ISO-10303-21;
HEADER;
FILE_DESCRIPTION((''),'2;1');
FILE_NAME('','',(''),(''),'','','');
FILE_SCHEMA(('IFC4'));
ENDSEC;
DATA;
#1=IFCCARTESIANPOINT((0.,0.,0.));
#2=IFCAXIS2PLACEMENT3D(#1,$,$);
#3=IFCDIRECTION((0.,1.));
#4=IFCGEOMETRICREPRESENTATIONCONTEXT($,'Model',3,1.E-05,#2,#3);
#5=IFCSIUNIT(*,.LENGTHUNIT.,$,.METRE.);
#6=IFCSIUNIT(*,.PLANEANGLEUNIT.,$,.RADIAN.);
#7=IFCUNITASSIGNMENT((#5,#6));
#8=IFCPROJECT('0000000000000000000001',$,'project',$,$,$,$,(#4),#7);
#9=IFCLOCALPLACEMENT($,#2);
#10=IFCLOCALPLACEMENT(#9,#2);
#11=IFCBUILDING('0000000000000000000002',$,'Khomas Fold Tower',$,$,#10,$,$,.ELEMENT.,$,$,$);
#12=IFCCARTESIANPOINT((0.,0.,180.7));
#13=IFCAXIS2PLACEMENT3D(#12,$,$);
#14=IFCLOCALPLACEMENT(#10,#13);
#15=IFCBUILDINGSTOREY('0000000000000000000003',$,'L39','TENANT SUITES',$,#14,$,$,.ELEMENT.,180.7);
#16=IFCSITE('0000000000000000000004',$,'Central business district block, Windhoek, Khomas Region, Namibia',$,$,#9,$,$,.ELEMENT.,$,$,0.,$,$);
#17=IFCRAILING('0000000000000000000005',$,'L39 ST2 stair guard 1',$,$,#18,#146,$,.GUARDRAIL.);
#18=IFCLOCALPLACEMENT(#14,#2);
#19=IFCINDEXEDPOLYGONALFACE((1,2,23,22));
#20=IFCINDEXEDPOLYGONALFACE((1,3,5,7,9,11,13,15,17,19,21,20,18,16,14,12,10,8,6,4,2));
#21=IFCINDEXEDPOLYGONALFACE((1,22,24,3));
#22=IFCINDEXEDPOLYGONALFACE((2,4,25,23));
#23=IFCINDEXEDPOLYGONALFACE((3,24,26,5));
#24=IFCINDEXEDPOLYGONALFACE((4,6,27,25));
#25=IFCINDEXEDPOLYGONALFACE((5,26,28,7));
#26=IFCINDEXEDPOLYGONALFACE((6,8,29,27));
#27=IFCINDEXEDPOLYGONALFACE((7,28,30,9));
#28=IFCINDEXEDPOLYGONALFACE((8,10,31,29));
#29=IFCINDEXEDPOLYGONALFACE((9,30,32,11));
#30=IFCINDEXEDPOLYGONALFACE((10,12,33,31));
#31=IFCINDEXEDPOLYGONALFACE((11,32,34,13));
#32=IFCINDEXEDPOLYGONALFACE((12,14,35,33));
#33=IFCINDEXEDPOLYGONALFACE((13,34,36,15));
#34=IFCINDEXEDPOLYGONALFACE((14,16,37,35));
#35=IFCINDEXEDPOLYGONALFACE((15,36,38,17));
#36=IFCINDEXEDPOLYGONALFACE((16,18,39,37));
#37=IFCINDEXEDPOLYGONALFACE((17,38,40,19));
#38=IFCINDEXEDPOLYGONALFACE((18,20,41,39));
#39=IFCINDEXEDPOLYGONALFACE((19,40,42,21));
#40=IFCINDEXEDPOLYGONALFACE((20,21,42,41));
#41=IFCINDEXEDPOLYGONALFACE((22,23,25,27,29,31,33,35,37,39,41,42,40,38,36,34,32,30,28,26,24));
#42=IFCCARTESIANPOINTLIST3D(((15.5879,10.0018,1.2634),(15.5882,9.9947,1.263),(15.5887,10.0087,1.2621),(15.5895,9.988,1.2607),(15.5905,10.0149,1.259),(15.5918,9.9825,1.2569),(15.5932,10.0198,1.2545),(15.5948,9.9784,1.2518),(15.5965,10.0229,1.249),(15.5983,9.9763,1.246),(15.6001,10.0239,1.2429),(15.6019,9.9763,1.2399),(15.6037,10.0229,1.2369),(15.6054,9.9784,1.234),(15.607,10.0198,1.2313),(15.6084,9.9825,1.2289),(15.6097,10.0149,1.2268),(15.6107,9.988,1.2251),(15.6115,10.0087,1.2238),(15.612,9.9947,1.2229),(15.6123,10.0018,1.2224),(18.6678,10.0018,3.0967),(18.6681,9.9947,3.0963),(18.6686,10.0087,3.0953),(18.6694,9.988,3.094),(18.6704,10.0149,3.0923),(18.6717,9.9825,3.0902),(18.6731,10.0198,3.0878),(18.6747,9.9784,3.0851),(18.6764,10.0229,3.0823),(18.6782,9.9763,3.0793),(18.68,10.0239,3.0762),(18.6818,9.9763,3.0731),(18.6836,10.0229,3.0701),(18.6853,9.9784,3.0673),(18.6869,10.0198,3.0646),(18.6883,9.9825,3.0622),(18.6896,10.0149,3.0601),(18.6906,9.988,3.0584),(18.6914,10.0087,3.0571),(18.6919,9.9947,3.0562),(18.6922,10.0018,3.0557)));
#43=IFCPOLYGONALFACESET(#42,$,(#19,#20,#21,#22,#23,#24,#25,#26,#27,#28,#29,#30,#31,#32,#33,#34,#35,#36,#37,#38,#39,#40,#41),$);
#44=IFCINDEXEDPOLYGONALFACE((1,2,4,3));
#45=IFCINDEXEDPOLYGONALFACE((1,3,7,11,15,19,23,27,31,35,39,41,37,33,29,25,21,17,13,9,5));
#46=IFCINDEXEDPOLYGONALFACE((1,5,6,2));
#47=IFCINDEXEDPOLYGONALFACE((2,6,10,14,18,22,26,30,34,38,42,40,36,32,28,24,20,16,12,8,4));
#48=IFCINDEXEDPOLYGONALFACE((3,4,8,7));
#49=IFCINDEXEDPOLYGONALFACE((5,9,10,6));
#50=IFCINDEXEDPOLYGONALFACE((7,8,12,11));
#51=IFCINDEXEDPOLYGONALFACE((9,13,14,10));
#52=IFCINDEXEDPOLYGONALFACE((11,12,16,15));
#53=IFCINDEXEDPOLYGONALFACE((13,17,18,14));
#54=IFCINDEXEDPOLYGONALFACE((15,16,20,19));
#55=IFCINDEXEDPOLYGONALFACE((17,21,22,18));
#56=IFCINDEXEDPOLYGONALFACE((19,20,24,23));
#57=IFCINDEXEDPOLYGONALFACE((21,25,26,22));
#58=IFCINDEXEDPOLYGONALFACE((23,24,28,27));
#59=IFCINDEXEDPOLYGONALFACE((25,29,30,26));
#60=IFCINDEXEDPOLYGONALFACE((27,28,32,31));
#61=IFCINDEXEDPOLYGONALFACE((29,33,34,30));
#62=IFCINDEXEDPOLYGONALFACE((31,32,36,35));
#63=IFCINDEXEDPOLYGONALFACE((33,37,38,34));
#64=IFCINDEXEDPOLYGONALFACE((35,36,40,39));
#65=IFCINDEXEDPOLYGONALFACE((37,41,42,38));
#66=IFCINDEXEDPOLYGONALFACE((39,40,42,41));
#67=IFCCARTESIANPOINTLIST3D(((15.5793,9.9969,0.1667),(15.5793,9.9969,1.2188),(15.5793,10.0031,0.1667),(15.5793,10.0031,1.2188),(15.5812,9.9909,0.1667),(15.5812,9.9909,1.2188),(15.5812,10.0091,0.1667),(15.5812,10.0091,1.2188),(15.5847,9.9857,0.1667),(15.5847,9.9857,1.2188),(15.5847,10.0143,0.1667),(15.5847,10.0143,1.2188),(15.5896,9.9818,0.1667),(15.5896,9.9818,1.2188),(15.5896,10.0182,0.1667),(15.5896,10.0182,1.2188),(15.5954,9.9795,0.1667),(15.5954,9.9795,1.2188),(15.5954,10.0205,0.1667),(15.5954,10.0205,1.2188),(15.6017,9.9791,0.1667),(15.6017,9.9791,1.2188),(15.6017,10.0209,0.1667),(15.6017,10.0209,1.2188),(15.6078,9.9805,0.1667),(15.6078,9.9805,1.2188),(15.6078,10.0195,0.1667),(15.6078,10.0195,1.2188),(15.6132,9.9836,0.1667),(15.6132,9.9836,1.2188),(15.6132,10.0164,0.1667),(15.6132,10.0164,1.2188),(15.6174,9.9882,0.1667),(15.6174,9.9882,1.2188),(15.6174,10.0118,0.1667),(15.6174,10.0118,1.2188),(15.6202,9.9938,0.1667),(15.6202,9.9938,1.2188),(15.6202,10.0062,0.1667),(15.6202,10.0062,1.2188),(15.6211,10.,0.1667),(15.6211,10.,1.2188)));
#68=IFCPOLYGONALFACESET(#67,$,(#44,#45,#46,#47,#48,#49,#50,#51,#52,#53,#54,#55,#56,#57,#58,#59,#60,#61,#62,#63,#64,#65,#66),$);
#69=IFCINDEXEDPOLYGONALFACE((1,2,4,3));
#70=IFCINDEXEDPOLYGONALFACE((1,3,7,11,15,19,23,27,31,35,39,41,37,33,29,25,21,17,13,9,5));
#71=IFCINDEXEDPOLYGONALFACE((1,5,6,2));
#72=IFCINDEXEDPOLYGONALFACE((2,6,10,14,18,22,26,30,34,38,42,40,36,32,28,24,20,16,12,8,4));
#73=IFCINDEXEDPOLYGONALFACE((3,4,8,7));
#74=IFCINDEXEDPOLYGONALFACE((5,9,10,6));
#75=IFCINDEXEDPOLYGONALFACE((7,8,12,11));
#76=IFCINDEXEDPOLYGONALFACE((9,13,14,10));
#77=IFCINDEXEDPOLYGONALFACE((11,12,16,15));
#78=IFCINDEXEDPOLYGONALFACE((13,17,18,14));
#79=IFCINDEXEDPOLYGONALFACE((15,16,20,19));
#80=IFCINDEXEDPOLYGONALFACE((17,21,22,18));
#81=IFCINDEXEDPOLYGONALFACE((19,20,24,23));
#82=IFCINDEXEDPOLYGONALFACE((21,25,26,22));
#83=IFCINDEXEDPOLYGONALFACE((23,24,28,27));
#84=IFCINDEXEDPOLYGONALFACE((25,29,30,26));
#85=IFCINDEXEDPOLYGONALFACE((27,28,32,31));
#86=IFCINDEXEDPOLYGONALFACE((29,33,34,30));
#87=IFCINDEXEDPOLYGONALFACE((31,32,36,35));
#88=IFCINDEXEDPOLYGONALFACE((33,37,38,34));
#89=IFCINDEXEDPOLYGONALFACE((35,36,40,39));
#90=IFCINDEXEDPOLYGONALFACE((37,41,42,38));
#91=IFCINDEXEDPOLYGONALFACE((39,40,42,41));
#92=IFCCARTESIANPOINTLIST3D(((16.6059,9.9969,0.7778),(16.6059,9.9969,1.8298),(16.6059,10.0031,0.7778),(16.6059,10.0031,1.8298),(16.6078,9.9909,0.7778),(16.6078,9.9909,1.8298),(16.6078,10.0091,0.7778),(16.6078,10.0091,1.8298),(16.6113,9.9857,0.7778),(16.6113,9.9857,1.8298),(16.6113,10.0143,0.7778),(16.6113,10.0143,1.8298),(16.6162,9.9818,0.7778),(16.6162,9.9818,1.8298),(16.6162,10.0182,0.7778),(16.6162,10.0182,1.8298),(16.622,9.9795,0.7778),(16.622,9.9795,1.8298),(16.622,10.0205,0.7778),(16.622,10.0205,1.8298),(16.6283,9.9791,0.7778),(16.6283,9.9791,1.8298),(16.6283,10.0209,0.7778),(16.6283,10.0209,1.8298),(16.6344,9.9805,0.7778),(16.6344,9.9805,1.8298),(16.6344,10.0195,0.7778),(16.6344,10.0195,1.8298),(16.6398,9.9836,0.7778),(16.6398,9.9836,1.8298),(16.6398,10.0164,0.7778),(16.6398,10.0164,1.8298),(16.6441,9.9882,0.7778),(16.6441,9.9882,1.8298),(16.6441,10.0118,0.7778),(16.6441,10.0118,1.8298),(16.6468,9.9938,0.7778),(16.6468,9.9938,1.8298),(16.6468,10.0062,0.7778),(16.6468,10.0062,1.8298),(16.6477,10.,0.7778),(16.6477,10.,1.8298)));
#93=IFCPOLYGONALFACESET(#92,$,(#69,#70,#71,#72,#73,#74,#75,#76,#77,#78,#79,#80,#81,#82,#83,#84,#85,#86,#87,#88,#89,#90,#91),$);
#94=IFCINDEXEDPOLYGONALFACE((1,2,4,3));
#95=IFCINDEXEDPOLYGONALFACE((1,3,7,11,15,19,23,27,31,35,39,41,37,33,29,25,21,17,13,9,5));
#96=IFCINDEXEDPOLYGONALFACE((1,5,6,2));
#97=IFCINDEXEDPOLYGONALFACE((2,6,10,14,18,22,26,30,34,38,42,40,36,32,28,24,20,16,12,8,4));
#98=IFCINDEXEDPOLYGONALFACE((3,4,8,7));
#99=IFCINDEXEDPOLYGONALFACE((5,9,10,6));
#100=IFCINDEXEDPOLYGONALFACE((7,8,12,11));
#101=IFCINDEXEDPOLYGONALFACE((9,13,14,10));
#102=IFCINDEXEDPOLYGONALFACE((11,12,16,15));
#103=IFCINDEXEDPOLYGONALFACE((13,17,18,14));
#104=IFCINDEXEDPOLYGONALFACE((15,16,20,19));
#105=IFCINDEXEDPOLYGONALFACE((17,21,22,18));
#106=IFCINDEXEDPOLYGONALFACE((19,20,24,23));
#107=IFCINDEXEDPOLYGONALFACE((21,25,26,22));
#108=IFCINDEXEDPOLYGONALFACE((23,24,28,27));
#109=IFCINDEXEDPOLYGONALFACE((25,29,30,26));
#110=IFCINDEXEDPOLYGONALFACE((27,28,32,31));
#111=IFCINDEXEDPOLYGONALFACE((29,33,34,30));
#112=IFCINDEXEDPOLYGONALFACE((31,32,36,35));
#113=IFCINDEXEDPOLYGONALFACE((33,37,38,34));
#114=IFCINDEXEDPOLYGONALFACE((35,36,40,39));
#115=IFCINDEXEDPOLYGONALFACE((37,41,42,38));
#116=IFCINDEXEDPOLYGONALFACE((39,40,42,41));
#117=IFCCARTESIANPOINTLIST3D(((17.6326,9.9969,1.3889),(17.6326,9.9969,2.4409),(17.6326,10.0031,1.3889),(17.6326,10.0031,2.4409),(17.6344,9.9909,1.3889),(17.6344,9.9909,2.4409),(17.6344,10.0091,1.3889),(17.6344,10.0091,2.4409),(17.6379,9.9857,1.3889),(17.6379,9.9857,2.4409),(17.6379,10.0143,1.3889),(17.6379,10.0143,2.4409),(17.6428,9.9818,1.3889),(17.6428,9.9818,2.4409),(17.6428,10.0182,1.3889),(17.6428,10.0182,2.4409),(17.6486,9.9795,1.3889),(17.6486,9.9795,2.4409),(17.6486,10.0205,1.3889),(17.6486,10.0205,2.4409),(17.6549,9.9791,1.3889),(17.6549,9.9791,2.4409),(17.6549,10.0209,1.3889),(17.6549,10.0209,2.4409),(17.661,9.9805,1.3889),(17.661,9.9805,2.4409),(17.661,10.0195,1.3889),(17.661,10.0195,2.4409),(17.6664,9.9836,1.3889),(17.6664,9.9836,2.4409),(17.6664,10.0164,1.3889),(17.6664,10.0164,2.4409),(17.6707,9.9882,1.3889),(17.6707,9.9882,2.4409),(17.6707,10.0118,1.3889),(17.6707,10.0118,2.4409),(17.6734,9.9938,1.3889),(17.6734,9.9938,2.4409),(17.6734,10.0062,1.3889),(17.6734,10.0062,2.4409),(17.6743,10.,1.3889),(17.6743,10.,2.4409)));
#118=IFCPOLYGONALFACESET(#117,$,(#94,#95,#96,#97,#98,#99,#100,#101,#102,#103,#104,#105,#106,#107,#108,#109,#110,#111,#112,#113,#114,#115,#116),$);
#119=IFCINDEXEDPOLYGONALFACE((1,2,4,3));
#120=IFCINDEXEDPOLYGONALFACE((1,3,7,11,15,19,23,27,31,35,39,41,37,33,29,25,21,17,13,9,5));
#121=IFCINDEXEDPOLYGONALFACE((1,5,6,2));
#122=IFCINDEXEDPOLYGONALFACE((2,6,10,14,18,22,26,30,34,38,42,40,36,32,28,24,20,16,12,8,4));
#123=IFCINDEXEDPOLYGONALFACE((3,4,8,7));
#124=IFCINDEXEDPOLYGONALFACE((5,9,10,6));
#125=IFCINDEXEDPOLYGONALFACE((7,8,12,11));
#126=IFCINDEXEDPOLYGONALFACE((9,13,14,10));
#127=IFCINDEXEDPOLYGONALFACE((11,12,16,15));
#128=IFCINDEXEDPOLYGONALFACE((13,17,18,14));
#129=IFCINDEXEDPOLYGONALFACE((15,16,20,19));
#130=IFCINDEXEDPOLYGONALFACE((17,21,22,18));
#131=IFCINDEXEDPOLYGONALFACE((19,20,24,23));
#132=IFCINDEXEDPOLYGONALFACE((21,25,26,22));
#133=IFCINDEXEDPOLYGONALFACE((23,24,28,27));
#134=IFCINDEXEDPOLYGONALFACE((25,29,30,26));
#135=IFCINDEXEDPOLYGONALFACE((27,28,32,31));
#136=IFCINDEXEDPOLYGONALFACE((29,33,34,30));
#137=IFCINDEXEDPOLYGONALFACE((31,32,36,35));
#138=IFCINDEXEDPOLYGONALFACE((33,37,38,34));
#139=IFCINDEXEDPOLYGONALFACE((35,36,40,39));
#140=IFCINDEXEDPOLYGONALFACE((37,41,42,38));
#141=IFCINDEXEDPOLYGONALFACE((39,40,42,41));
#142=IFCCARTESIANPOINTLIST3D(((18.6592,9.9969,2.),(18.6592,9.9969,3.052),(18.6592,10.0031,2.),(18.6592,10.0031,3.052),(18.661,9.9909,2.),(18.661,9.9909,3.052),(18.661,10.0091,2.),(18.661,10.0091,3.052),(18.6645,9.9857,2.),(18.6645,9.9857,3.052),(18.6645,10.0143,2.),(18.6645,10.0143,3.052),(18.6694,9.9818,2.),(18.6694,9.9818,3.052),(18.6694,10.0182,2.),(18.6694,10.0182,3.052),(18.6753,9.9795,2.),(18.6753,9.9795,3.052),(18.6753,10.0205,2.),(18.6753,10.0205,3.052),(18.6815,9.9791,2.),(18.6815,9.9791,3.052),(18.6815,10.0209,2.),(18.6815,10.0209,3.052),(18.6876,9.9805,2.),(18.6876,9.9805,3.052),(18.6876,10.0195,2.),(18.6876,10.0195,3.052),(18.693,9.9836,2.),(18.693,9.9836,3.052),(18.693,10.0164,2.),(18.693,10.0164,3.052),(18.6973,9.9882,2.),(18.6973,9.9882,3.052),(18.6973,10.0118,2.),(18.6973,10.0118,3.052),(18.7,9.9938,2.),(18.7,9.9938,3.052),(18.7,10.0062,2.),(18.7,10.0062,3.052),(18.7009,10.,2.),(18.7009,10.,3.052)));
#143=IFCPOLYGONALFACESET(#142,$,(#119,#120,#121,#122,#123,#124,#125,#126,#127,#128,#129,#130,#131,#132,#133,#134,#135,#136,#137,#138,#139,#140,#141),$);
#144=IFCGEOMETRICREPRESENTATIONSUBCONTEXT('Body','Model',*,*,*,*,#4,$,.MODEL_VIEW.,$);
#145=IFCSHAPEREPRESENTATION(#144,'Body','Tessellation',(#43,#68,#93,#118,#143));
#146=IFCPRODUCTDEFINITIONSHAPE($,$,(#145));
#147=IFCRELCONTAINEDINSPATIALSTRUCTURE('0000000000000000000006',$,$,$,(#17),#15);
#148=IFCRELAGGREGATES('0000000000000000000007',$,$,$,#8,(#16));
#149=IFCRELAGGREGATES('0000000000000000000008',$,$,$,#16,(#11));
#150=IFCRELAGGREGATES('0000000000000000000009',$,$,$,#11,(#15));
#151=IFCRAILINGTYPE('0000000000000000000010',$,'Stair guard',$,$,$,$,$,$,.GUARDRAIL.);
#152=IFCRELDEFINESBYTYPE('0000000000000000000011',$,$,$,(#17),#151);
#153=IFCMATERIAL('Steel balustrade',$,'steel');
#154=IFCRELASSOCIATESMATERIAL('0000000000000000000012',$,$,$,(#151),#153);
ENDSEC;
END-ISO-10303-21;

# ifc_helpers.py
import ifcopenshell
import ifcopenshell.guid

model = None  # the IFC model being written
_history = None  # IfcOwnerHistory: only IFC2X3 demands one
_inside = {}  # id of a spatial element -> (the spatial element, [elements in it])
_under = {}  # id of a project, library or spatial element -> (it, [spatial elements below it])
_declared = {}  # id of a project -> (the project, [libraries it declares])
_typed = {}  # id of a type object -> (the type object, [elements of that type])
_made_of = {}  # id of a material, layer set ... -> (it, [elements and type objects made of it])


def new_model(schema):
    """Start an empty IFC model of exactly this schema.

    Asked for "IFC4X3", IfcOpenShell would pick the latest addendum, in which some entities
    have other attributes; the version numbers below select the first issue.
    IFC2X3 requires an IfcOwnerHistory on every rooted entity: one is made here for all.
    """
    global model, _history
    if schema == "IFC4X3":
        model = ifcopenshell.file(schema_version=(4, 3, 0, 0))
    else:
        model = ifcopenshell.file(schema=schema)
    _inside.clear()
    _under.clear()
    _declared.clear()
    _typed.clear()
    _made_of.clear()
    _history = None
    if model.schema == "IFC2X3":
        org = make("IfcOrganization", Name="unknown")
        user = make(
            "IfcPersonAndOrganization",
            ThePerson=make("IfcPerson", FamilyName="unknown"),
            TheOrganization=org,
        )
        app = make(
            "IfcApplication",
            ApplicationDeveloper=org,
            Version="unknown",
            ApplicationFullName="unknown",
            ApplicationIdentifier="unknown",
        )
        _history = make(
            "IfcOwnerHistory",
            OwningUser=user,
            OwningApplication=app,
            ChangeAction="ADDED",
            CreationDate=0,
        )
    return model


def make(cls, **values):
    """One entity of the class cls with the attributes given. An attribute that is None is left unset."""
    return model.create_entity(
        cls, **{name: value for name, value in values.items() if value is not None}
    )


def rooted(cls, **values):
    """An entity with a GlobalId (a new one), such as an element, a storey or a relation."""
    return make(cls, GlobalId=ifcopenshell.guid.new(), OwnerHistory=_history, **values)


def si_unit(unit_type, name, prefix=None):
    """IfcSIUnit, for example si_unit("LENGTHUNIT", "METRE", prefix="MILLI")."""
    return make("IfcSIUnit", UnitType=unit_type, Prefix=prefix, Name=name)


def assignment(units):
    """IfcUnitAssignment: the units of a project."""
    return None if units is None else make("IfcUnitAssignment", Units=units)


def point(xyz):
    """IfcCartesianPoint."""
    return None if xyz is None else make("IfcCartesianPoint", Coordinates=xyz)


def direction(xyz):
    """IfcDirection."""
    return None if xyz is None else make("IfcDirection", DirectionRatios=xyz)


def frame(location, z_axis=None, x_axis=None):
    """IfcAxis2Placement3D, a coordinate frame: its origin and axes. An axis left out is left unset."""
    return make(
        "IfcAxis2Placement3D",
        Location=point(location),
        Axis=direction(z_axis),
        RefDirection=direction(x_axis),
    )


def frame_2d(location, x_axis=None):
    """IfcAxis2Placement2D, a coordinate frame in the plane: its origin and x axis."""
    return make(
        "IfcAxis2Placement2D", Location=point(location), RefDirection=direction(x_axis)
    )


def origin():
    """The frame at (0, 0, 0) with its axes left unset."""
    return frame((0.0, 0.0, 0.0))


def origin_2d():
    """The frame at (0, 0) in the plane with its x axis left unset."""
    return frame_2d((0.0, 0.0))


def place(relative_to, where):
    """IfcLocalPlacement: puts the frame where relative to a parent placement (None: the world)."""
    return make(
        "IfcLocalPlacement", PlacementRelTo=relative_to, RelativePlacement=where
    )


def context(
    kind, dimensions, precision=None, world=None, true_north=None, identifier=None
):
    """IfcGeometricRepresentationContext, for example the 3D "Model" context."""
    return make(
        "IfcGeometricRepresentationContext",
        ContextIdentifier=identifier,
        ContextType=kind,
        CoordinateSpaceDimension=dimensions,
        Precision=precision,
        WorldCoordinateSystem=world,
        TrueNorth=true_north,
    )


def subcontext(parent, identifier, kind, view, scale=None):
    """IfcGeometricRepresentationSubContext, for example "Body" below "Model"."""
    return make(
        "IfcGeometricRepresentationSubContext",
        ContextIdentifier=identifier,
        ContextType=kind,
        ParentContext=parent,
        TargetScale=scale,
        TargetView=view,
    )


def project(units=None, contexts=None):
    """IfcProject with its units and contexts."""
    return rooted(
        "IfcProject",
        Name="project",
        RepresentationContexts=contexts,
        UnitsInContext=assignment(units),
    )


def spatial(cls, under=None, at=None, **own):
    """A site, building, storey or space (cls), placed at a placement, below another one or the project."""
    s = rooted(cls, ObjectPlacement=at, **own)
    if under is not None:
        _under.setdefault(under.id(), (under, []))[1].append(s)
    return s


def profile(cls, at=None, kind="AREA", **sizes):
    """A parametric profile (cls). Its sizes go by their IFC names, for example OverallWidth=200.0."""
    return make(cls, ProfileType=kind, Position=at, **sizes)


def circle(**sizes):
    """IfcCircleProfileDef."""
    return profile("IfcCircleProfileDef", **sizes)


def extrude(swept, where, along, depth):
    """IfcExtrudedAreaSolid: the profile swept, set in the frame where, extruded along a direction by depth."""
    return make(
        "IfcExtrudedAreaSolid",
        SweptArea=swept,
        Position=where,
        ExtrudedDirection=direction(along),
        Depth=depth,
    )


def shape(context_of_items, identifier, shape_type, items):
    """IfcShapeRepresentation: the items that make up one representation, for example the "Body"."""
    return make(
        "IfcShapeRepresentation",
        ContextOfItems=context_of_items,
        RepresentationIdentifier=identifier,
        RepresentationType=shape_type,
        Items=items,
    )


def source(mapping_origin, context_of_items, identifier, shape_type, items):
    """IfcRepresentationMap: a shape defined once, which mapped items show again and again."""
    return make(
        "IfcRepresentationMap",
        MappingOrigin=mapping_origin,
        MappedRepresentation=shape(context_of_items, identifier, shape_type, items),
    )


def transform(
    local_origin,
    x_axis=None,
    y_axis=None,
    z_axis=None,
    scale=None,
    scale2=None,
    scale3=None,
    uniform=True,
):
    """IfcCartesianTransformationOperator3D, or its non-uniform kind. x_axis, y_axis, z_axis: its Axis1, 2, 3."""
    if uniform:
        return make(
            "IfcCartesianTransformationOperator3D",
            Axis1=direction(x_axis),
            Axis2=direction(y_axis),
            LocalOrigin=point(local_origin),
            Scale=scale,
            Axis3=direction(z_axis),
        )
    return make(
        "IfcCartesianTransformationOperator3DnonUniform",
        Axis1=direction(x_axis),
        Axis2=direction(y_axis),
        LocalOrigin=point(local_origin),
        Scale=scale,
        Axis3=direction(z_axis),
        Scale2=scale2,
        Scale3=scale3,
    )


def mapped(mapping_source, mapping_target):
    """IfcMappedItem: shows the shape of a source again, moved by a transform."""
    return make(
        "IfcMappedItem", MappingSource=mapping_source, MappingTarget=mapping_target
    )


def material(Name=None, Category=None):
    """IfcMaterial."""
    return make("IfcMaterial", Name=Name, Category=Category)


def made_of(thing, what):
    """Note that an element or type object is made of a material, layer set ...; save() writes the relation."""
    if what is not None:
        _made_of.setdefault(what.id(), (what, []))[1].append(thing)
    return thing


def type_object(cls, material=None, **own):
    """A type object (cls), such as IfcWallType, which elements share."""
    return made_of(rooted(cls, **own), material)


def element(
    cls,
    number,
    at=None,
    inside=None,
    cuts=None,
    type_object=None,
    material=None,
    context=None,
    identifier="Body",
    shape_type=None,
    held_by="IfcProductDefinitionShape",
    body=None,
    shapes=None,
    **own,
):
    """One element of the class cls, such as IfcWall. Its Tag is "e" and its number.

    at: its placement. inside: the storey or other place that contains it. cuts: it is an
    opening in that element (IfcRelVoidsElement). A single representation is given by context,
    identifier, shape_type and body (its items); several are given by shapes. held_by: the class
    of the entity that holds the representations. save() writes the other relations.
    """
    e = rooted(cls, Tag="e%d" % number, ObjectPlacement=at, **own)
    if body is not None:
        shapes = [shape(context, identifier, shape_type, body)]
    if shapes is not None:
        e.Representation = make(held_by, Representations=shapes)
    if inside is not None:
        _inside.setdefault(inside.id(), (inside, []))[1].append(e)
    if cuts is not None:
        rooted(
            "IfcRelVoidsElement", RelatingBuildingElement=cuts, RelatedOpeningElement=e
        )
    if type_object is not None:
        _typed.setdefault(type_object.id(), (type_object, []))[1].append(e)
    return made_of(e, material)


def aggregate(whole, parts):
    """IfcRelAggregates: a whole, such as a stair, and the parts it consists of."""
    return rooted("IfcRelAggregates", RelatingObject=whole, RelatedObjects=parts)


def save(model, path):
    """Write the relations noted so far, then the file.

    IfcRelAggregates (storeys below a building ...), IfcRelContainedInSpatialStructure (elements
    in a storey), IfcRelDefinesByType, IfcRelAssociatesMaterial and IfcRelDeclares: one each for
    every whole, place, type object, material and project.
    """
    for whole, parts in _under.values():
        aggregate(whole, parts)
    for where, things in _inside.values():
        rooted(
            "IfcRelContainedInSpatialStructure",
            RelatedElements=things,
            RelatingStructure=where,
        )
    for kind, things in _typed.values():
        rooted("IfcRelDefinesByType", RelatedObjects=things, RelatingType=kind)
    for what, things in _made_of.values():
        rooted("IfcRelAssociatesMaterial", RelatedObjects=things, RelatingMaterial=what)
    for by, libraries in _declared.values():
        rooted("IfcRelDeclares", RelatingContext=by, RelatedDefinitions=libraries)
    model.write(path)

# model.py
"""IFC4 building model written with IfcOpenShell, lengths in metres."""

from ifc_helpers import new_model, si_unit, direction, frame, origin, origin_2d, place, context, subcontext, project, spatial, circle, extrude, source, transform, mapped, material, type_object, element, save


model = new_model("IFC4")

# Units and contexts
model_context = context("Model", 3, precision=1e-05, world=origin(), true_north=direction((0.0, 1.0)))
body_context = subcontext(model_context, "Body", "Model", "MODEL_VIEW")
ifc_project = project(units=[si_unit("LENGTHUNIT", "METRE"), si_unit("PLANEANGLEUNIT", "RADIAN")], contexts=[model_context])

# Site, building, storey
site_placement = place(None, origin())
site = spatial("IfcSite", under=ifc_project, at=site_placement, Name="Central business district block, Windhoek, Khomas Region, Namibia", CompositionType="ELEMENT", RefElevation=0.0)
building_placement = place(site_placement, origin())
building = spatial("IfcBuilding", under=site, at=building_placement, Name="Khomas Fold Tower", CompositionType="ELEMENT")
storey_placement = place(building_placement, frame((0.0, 0.0, 180.7)))
storey = spatial("IfcBuildingStorey", under=building, at=storey_placement, Name="L39", Description="TENANT SUITES", CompositionType="ELEMENT", Elevation=180.7)

# Railing
ifc_material_1 = material(Name="Steel balustrade", Category="steel")
railing_type_1 = type_object("IfcRailingType", Name="Stair guard", PredefinedType="GUARDRAIL", material=ifc_material_1)
shared_shape_1 = source(origin(), body_context, "Body", "SweptSolid", [
    extrude(circle(Radius=0.0239, at=origin_2d()), frame((0.0, 0.0, 1.0762), z_axis=(0.859291, 0.0, 0.511487), x_axis=(0.0, 1.0, 0.0)), (0.0, 0.0, 1.0), 3.5842),
    extrude(circle(Radius=0.021, at=origin_2d()), origin(), (0.0, 0.0, 1.0), 1.052),
    extrude(circle(Radius=0.021, at=origin_2d()), frame((1.0266, 0.0, 0.6111)), (0.0, 0.0, 1.0), 1.052),
    extrude(circle(Radius=0.021, at=origin_2d()), frame((2.0532, 0.0, 1.2222)), (0.0, 0.0, 1.0), 1.052),
    extrude(circle(Radius=0.021, at=origin_2d()), frame((3.0798, 0.0, 1.8333)), (0.0, 0.0, 1.0), 1.052),
])
railing_1_placement = place(storey_placement, frame((15.6001, 10.0, 0.1667)))
element("IfcRailing", 1, at=railing_1_placement, inside=storey, type_object=railing_type_1, Name="L39 ST2 stair guard 1", PredefinedType="GUARDRAIL", context=body_context, shape_type="MappedRepresentation", body=[
    mapped(shared_shape_1, transform((0.0, 0.0, 0.0))),
])

save(model, "model.ifc")
